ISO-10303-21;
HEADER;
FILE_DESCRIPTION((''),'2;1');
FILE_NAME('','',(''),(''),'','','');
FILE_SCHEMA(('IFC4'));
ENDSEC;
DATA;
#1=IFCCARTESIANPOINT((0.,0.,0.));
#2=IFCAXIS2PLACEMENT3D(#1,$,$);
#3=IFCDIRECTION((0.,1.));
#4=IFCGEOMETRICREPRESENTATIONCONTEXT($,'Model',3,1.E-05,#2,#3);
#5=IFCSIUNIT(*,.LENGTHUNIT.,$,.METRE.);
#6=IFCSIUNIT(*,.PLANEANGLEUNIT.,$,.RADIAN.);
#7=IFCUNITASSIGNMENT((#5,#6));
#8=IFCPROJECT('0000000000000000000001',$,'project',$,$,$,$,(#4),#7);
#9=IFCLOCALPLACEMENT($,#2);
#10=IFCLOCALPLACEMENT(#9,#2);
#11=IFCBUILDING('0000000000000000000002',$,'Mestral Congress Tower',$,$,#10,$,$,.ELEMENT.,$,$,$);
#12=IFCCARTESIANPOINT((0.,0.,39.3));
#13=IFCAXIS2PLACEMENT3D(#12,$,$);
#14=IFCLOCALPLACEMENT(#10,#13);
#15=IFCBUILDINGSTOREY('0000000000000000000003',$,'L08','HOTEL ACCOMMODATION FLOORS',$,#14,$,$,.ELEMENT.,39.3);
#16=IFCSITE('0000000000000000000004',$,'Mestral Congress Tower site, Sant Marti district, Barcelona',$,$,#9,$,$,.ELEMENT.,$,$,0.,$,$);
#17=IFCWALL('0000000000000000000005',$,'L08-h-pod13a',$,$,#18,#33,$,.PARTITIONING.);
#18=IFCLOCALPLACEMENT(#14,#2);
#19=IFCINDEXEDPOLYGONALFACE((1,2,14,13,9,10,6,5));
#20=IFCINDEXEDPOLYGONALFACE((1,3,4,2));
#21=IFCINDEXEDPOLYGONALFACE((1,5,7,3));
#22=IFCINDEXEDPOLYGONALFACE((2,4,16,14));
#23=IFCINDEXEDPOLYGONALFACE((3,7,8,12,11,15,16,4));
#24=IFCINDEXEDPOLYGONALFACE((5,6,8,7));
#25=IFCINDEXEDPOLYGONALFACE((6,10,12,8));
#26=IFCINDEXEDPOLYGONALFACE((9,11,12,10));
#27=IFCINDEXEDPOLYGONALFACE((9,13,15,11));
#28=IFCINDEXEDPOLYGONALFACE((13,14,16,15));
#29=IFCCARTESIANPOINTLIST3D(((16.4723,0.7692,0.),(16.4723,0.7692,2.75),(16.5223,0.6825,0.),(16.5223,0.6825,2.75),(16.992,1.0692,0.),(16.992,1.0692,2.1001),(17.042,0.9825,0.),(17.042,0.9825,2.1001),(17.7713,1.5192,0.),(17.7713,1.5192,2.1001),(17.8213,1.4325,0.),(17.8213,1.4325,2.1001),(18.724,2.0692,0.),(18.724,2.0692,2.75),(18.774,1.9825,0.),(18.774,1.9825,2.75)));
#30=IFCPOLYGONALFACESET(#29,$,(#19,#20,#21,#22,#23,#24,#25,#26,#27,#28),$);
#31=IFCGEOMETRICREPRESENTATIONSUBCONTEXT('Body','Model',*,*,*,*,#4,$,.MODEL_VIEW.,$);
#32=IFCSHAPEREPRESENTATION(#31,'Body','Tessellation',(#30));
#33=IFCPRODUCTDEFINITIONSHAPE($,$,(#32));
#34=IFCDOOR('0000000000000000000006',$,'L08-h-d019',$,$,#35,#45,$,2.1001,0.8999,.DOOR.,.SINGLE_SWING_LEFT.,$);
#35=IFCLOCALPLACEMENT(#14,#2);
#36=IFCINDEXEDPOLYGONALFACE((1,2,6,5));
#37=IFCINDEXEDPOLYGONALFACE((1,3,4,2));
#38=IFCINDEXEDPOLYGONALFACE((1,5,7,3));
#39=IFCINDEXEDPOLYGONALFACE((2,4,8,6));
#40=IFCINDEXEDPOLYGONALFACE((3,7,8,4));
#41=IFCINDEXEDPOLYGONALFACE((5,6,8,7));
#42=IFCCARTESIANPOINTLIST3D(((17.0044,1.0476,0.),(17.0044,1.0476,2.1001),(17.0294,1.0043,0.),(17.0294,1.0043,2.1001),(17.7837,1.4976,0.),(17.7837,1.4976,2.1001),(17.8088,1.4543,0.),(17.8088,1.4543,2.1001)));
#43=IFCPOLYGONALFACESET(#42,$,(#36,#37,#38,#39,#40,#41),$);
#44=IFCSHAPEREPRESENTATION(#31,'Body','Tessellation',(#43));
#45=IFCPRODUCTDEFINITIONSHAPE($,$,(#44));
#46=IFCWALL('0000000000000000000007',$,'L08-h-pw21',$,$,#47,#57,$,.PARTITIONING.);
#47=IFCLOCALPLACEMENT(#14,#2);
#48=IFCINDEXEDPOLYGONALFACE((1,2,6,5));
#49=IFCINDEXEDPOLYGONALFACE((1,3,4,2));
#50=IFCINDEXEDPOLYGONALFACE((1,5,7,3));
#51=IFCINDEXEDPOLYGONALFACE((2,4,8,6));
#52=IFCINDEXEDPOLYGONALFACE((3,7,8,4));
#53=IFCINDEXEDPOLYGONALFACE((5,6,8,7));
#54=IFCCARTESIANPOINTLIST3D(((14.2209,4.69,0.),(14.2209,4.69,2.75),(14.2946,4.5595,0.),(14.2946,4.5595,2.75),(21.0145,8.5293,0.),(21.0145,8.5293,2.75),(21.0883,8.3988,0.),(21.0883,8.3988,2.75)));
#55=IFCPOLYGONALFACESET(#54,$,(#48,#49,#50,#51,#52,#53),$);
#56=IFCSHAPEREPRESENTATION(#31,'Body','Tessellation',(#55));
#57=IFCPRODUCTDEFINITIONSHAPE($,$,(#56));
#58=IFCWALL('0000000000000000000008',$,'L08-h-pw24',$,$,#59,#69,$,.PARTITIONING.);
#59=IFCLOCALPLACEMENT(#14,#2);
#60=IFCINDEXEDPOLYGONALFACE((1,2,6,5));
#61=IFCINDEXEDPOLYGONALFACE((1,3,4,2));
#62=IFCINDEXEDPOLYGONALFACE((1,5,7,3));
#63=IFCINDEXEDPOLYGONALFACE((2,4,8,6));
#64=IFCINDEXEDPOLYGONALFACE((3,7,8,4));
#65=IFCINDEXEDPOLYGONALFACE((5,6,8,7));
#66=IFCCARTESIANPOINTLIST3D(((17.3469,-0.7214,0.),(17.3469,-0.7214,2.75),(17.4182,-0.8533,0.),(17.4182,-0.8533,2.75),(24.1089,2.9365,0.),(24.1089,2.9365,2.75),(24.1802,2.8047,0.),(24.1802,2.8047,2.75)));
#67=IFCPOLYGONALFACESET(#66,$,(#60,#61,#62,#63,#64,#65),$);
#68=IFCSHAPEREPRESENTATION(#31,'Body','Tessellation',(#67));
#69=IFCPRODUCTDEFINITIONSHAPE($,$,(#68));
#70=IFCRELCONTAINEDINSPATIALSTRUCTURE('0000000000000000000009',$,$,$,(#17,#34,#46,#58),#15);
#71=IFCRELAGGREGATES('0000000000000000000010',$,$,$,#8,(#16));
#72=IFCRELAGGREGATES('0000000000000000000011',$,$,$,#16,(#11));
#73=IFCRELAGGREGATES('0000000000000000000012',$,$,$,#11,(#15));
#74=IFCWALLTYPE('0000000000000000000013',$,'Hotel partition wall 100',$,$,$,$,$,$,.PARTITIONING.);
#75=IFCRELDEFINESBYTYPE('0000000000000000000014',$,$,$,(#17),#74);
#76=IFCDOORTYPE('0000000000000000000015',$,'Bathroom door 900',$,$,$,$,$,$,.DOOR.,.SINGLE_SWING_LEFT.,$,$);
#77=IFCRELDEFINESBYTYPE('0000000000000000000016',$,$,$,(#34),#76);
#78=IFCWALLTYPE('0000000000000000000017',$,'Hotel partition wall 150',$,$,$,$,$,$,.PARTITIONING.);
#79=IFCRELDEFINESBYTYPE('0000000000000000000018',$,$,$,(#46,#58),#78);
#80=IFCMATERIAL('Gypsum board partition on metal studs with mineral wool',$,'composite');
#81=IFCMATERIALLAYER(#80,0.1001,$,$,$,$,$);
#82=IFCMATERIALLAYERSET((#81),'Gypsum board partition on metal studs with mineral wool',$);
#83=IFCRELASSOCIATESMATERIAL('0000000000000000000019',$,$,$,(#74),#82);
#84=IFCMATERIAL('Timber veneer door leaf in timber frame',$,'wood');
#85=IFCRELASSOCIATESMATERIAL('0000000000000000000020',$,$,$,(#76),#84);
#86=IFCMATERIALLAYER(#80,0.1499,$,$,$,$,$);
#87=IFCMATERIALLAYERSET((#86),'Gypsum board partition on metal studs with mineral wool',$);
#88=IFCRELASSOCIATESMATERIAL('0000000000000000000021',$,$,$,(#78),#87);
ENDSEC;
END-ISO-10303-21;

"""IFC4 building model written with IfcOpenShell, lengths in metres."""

from ifc_helpers import new_model, si_unit, direction, frame, frame_2d, origin, place, context, subcontext, project, spatial, rectangle, extrude, material, layer, layer_set, type_object, element, fill, save


model = new_model("IFC4")

# Units and contexts
model_context = context("Model", 3, precision=1e-05, world=origin(), true_north=direction((0.0, 1.0)))
body_context = subcontext(model_context, "Body", "Model", "MODEL_VIEW")
ifc_project = project(units=[si_unit("LENGTHUNIT", "METRE"), si_unit("PLANEANGLEUNIT", "RADIAN")], contexts=[model_context])

# Site, building, storey
site_placement = place(None, origin())
site = spatial("IfcSite", under=ifc_project, at=site_placement, Name="Mestral Congress Tower site, Sant Marti district, Barcelona", CompositionType="ELEMENT", RefElevation=0.0)
building_placement = place(site_placement, origin())
building = spatial("IfcBuilding", under=site, at=building_placement, Name="Mestral Congress Tower", CompositionType="ELEMENT")
storey_placement = place(building_placement, frame((0.0, 0.0, 39.3)))
storey = spatial("IfcBuildingStorey", under=building, at=storey_placement, Name="L08", Description="HOTEL ACCOMMODATION FLOORS", CompositionType="ELEMENT", Elevation=39.3)

# Shared definitions
ifc_material_1 = material(Name="Gypsum board partition on metal studs with mineral wool", Category="composite")
ifc_layer_1 = layer(ifc_material_1, 0.1001)
ifc_layer_set_1 = layer_set([ifc_layer_1], Name="Gypsum board partition on metal studs with mineral wool")
wall_type_1 = type_object("IfcWallType", Name="Hotel partition wall 100", PredefinedType="PARTITIONING", material=ifc_layer_set_1)

# Wall, opening, door
wall_1_placement = place(storey_placement, frame((18.749, 2.0259, 0.0), z_axis=(0.0, 0.0, 1.0), x_axis=(-0.866021, -0.500007, 0.0)))
wall_1 = element("IfcWall", 1, at=wall_1_placement, inside=storey, type_object=wall_type_1, Name="L08-h-pod13a", PredefinedType="PARTITIONING", context=body_context, shape_type="SweptSolid", body=[
    extrude(rectangle(XDim=2.6001, YDim=0.1001, at=frame_2d((1.3, 0.0))), origin(), (0.0, 0.0, 1.0), 2.75),
])
opening_1_placement = place(wall_1_placement, frame((1.1001, 0.0, 0.0)))
opening_1 = element("IfcOpeningElement", 2, at=opening_1_placement, cuts=wall_1, PredefinedType="OPENING", context=body_context, shape_type="SweptSolid", body=[
    extrude(rectangle(XDim=0.8999, YDim=2.1001, at=frame_2d((0.45, 1.05))), frame((0.0, 0.0601, 0.0), z_axis=(0.0, -1.0, 0.0), x_axis=(1.0, 0.0, 0.0)), (0.0, 0.0, 1.0), 0.1201),
])
ifc_material_2 = material(Name="Timber veneer door leaf in timber frame", Category="wood")
door_type = type_object("IfcDoorType", Name="Bathroom door 900", OperationType="SINGLE_SWING_LEFT", PredefinedType="DOOR", material=ifc_material_2)
door_placement = place(opening_1_placement, origin())
door = element("IfcDoor", 3, at=door_placement, inside=storey, type_object=door_type, Name="L08-h-d019", OperationType="SINGLE_SWING_LEFT", OverallHeight=2.1001, OverallWidth=0.8999, PredefinedType="DOOR", context=body_context, shape_type="SweptSolid", body=[
    extrude(rectangle(XDim=0.8999, YDim=2.1001, at=frame_2d((0.45, 1.05))), frame((0.0, 0.0249, 0.0), z_axis=(0.0, -1.0, 0.0), x_axis=(1.0, 0.0, 0.0)), (0.0, 0.0, 1.0), 0.05),
])
fill(opening_1, door)

# Walls
ifc_layer_2 = layer(ifc_material_1, 0.1499)
ifc_layer_set_2 = layer_set([ifc_layer_2], Name="Gypsum board partition on metal studs with mineral wool")
wall_type_2 = type_object("IfcWallType", Name="Hotel partition wall 150", PredefinedType="PARTITIONING", material=ifc_layer_set_2)
wall_2_placement = place(storey_placement, frame((21.0515, 8.4641, 0.0), z_axis=(0.0, 0.0, 1.0), x_axis=(-0.870594, -0.492003, 0.0)))
element("IfcWall", 4, at=wall_2_placement, inside=storey, type_object=wall_type_2, Name="L08-h-pw21", PredefinedType="PARTITIONING", context=body_context, shape_type="SweptSolid", body=[
    extrude(rectangle(XDim=7.8035, YDim=0.1499, at=frame_2d((3.9019, 0.0))), origin(), (0.0, 0.0, 1.0), 2.75),
])
wall_3_placement = place(storey_placement, frame((24.1445, 2.8706, 0.0), z_axis=(0.0, 0.0, 1.0), x_axis=(-0.879552, -0.475803, 0.0)))
element("IfcWall", 5, at=wall_3_placement, inside=storey, type_object=wall_type_2, Name="L08-h-pw24", PredefinedType="PARTITIONING", context=body_context, shape_type="SweptSolid", body=[
    extrude(rectangle(XDim=7.688, YDim=0.1499, at=frame_2d((3.844, 0.0))), origin(), (0.0, 0.0, 1.0), 2.75),
])

save(model, "model.ifc")
